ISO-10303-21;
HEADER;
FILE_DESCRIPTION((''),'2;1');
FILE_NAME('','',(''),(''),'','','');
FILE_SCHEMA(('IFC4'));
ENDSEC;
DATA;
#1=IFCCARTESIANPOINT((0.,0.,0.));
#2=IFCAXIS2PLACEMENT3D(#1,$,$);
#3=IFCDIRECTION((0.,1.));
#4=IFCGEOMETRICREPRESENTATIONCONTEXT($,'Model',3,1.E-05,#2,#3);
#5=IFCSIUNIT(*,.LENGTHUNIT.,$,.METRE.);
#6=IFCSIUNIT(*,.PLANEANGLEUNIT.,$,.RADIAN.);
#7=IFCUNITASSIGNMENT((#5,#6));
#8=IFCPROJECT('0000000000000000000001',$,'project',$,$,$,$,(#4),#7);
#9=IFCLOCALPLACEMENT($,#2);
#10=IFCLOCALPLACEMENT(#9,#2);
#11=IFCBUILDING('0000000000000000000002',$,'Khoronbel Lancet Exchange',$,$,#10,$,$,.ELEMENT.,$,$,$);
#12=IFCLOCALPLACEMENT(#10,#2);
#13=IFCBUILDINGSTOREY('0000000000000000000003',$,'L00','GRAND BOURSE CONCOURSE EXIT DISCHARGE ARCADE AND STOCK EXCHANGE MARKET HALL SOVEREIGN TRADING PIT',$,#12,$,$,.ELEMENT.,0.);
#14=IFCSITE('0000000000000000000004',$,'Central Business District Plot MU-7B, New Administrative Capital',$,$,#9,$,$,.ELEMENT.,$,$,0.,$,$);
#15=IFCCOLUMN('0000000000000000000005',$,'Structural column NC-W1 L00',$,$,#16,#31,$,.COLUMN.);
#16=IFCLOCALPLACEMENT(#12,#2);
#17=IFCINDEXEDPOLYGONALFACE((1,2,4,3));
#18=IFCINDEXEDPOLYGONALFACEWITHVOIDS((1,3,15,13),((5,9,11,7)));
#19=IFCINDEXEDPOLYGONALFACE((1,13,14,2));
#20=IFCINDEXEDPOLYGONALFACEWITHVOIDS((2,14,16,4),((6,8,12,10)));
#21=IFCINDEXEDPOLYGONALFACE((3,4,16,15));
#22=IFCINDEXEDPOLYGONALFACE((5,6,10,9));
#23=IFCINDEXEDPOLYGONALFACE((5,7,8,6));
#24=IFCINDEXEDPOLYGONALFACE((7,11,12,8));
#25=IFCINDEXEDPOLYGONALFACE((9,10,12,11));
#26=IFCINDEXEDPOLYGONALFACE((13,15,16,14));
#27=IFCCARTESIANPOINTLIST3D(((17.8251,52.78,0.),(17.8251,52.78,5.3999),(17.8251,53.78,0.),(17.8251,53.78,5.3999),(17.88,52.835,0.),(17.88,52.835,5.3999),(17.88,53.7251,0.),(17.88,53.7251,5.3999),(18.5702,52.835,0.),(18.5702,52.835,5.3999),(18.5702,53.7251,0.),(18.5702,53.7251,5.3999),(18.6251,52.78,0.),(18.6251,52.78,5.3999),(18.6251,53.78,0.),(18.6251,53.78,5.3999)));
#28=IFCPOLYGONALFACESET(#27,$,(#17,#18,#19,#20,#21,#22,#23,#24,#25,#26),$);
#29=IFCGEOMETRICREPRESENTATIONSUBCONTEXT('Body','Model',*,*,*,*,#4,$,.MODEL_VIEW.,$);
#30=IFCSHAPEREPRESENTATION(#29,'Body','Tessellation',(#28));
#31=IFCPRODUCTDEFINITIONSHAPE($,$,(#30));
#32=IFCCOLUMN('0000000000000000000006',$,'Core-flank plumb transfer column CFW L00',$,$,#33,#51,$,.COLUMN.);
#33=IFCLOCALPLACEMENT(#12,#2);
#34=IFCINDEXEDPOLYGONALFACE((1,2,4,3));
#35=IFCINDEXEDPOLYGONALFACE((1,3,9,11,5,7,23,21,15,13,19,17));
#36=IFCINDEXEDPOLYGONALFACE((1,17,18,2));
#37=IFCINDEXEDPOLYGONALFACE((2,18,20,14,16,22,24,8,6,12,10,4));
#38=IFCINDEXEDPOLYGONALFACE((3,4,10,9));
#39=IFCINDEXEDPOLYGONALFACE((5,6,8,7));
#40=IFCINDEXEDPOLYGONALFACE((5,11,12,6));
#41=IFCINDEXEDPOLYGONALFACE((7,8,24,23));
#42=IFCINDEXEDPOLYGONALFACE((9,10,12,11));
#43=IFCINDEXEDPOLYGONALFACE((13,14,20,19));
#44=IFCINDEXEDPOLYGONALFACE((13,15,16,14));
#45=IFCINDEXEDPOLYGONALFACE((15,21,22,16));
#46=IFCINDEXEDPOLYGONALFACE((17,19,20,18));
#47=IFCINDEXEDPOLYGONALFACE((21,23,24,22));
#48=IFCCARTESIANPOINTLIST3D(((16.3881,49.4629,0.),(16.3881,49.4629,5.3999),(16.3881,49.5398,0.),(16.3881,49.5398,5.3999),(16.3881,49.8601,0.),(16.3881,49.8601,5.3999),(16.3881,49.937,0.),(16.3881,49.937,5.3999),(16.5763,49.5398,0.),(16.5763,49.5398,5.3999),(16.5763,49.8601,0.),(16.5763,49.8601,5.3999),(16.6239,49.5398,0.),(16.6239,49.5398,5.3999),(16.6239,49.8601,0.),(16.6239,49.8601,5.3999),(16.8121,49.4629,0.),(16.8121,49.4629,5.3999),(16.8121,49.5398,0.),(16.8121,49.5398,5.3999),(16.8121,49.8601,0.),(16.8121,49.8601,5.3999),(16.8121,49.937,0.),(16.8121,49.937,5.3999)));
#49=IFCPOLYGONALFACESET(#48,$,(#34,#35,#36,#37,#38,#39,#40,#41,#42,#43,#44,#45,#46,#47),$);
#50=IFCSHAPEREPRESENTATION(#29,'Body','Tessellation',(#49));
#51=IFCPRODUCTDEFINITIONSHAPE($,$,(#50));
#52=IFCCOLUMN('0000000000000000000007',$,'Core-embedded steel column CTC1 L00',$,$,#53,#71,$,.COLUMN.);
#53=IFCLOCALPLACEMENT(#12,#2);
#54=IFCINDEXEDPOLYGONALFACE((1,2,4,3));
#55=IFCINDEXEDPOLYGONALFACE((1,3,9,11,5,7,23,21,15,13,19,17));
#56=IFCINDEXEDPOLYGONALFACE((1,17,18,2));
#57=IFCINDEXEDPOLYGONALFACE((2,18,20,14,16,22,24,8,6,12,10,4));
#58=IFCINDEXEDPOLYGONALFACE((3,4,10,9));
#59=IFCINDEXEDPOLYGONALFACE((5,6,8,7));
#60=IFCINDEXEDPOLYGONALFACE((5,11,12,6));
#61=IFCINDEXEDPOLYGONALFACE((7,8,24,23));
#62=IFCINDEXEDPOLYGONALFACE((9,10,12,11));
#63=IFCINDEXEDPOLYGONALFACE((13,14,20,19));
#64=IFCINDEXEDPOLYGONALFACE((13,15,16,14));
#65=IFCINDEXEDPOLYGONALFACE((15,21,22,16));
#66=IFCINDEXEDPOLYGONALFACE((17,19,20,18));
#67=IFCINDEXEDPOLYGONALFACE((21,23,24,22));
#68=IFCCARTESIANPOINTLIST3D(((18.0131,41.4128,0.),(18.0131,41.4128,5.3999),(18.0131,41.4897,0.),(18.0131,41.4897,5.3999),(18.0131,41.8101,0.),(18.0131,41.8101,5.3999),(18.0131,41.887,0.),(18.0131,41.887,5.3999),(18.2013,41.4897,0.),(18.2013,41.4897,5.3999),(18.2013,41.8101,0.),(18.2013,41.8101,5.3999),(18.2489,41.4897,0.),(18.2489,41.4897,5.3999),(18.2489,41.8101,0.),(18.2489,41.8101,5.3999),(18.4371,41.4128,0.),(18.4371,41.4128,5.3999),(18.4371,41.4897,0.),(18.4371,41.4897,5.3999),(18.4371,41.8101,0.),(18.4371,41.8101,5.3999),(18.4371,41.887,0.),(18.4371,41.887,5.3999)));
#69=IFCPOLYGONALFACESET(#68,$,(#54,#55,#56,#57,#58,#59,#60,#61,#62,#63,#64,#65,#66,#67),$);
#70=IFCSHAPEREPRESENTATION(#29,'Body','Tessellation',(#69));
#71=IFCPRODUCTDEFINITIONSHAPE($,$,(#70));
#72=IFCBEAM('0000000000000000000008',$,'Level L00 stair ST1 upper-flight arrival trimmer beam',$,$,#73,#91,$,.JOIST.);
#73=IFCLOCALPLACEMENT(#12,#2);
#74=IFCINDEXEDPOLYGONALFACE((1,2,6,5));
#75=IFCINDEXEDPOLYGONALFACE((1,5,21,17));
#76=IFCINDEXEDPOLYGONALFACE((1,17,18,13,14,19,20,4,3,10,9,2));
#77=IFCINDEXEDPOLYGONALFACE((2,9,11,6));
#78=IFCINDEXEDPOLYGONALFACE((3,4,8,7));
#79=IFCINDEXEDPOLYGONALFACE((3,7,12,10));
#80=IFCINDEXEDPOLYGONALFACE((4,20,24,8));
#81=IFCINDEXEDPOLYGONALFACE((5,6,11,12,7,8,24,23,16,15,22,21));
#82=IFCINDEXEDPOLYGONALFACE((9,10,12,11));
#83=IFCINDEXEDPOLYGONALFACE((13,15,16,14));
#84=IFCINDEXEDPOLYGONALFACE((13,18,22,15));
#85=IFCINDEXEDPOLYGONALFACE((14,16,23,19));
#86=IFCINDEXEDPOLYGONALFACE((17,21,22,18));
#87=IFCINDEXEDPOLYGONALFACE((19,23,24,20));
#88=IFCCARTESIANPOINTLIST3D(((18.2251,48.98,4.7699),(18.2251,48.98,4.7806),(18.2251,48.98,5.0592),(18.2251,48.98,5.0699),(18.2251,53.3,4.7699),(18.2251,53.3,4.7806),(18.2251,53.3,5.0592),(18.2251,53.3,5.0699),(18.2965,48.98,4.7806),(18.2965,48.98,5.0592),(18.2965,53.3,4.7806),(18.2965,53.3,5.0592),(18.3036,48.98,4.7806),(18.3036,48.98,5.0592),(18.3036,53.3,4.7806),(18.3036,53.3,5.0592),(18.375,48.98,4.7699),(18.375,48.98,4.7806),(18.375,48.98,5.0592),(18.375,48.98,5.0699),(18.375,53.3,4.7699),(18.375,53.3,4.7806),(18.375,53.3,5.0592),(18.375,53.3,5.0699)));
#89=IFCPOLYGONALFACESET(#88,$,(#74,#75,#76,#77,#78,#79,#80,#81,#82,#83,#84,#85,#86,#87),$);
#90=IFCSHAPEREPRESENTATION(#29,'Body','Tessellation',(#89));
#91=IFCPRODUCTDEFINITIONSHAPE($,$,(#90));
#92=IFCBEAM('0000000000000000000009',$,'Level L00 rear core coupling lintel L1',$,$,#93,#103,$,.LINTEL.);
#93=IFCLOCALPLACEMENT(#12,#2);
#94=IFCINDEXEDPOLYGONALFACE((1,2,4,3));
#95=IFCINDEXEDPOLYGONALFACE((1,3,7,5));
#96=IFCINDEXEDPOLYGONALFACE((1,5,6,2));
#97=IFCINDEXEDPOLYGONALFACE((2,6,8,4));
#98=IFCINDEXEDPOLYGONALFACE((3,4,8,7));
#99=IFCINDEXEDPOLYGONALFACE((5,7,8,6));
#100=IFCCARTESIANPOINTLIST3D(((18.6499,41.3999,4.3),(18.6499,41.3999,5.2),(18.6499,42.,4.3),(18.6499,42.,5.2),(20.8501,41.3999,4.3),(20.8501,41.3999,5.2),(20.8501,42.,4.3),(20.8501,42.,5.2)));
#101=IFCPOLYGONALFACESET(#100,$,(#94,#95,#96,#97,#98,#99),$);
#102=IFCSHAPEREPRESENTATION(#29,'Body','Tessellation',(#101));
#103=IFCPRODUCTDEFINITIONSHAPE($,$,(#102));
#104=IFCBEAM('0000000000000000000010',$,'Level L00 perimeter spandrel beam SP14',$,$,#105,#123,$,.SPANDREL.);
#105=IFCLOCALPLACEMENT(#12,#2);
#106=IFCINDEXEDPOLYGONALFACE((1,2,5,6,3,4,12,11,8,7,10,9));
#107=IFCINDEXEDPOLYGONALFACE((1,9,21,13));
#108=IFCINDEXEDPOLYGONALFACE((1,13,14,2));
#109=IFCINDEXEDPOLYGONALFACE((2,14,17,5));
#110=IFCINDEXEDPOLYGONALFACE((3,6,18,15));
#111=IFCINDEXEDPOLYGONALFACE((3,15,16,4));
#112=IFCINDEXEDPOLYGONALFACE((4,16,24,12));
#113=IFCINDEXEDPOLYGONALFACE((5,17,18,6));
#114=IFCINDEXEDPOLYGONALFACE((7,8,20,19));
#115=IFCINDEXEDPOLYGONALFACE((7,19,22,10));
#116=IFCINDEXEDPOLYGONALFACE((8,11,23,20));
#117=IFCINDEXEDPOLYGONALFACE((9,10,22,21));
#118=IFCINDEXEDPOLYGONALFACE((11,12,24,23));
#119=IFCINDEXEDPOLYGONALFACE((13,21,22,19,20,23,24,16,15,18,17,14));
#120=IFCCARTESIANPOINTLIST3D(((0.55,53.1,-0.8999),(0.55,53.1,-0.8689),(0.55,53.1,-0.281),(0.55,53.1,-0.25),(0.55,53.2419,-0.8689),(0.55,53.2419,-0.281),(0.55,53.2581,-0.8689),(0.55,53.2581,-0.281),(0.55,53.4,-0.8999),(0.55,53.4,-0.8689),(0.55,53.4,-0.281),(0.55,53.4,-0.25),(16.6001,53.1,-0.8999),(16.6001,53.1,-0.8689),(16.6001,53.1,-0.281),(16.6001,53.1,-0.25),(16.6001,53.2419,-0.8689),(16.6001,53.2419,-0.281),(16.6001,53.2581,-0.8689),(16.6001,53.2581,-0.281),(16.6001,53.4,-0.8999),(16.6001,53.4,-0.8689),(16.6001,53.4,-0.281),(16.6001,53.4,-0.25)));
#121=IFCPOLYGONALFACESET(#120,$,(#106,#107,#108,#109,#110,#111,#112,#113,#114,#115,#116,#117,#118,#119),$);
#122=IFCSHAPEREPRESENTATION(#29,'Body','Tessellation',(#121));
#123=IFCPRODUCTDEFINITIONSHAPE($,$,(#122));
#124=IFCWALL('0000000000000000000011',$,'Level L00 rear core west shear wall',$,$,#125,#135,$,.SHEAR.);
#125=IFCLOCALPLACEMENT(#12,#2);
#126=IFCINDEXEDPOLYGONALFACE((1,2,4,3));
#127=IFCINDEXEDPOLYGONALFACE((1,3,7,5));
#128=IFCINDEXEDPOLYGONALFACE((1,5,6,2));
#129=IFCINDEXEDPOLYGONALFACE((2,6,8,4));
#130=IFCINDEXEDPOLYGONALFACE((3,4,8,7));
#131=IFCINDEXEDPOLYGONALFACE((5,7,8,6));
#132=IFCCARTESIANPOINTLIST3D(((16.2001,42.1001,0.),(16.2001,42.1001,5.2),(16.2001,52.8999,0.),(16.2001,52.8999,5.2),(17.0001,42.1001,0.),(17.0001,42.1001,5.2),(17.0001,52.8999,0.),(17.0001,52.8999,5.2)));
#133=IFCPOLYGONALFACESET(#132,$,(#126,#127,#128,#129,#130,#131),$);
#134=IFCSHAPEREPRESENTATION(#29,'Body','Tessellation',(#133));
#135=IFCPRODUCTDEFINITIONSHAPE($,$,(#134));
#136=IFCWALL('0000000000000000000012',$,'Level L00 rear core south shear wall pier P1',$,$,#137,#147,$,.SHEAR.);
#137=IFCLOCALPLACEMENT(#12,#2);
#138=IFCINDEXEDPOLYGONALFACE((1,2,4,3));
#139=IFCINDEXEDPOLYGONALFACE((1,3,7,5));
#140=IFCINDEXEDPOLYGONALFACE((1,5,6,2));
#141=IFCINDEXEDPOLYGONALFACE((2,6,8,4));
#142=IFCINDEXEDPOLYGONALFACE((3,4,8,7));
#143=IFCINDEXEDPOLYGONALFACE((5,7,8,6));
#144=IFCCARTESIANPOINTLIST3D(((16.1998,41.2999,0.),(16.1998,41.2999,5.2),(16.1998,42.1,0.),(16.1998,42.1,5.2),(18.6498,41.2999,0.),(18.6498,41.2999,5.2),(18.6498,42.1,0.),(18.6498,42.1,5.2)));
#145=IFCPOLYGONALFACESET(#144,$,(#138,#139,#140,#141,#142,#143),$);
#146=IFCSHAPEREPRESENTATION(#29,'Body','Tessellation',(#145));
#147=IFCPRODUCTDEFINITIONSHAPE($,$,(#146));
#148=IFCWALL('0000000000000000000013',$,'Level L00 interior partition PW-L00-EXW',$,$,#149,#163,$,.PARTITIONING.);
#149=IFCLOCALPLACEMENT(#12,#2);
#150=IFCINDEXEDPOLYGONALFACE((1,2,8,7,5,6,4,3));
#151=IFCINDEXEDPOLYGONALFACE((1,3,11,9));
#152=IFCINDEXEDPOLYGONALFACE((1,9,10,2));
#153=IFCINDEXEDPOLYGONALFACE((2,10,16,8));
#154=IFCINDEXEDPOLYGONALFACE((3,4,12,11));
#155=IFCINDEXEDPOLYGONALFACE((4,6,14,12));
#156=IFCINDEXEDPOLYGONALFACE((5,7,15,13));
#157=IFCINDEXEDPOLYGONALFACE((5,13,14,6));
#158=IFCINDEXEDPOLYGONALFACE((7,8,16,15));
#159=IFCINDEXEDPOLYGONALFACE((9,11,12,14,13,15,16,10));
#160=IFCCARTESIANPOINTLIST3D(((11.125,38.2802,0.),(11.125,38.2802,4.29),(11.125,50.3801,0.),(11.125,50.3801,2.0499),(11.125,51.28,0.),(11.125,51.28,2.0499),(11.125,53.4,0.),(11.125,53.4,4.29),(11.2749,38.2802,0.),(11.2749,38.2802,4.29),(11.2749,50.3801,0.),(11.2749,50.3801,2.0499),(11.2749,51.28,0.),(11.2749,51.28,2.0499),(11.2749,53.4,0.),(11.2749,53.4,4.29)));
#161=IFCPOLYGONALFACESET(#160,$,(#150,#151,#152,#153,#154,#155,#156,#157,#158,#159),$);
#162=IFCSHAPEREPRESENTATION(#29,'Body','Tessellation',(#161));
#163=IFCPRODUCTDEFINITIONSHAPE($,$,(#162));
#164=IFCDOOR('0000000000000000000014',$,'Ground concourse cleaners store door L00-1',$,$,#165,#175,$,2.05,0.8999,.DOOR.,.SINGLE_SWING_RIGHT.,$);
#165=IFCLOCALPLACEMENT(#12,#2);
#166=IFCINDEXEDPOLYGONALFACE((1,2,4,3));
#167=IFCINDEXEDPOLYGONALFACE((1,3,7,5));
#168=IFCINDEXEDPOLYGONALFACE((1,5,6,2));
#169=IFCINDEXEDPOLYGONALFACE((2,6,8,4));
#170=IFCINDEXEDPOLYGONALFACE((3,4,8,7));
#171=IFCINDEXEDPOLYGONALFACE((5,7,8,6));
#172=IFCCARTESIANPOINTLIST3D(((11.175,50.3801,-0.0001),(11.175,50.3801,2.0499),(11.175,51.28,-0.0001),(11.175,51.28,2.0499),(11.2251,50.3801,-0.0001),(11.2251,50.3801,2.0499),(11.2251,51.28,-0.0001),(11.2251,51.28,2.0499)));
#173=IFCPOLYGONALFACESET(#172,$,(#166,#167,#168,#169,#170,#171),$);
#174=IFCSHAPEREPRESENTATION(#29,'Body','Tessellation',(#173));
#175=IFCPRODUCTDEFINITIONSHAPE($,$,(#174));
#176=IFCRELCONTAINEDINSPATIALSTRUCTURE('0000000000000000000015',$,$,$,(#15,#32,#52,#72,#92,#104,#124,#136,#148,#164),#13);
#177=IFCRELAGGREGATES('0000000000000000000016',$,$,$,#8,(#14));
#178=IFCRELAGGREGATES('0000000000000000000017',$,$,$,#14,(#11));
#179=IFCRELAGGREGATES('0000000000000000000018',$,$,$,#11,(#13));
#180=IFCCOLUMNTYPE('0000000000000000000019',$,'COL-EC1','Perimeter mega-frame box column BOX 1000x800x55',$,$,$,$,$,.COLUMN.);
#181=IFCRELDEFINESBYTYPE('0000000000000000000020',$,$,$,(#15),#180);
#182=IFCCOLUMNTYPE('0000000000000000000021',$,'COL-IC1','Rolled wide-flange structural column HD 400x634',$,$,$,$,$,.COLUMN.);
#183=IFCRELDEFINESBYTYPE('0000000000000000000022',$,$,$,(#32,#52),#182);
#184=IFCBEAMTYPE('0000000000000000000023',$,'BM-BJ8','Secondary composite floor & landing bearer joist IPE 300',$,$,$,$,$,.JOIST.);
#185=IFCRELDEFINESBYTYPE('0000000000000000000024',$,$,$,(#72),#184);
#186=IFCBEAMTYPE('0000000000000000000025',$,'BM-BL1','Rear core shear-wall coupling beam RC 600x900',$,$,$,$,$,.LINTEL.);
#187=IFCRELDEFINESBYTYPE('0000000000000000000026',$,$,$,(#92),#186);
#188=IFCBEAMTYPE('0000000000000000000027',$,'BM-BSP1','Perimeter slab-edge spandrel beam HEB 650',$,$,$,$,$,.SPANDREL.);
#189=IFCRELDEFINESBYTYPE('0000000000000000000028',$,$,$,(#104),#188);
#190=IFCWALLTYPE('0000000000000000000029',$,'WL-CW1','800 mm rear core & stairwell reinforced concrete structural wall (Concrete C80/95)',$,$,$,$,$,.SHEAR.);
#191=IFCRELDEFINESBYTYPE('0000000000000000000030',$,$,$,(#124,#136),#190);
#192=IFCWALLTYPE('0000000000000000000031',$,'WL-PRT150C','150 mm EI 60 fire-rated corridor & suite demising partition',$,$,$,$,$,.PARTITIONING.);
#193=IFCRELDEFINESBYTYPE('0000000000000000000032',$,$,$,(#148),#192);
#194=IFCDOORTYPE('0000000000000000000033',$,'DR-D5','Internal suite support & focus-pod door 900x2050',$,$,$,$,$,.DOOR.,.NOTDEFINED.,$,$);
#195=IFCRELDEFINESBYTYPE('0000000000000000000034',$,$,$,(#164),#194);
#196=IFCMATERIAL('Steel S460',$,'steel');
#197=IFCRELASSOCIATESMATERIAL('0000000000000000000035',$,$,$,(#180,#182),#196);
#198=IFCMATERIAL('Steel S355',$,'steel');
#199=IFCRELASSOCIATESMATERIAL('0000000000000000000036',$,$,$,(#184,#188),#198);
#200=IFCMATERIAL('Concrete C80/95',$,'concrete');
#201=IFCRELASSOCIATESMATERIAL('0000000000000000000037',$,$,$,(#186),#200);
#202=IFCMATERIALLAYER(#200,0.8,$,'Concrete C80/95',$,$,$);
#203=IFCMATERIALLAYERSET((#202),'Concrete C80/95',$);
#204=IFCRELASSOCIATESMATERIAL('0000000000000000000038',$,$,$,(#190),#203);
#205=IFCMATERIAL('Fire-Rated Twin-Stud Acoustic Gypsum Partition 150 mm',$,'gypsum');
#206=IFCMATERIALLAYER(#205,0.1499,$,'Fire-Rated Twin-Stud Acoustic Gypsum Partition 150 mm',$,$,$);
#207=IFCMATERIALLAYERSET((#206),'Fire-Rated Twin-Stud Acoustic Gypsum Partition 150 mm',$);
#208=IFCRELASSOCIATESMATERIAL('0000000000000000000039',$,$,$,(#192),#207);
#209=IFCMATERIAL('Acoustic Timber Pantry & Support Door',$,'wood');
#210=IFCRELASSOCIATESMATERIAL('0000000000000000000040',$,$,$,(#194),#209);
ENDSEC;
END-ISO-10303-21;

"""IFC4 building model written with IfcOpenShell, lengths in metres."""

from ifc_helpers import new_model, si_unit, direction, frame, frame_2d, origin, origin_2d, place, context, subcontext, project, spatial, rectangle, hollow_rectangle, i_section, extrude, material, layer, layer_set, material_profile, profile_set, type_object, element, fill, save


model = new_model("IFC4")

# Units and contexts
model_context = context("Model", 3, precision=1e-05, world=origin(), true_north=direction((0.0, 1.0)))
body_context = subcontext(model_context, "Body", "Model", "MODEL_VIEW")
ifc_project = project(units=[si_unit("LENGTHUNIT", "METRE"), si_unit("PLANEANGLEUNIT", "RADIAN")], contexts=[model_context])

# Site, building, storey
site_placement = place(None, origin())
site = spatial("IfcSite", under=ifc_project, at=site_placement, Name="Central Business District Plot MU-7B, New Administrative Capital", CompositionType="ELEMENT", RefElevation=0.0)
building_placement = place(site_placement, origin())
building = spatial("IfcBuilding", under=site, at=building_placement, Name="Khoronbel Lancet Exchange", CompositionType="ELEMENT")
storey_placement = place(building_placement, origin())
storey = spatial("IfcBuildingStorey", under=building, at=storey_placement, Name="L00", Description="GRAND BOURSE CONCOURSE EXIT DISCHARGE ARCADE AND STOCK EXCHANGE MARKET HALL SOVEREIGN TRADING PIT", CompositionType="ELEMENT", Elevation=0.0)

# Columns
ifc_material_1 = material(Name="Steel S460", Category="steel")
ifc_material_profile_1 = material_profile(ifc_material_1, hollow_rectangle(XDim=0.8, YDim=1.0, WallThickness=0.0549, at=origin_2d()), Name="BOX 1000x800x55")
ifc_profile_set_1 = profile_set([ifc_material_profile_1], Name="Steel S460")
column_type_1 = type_object("IfcColumnType", Name="COL-EC1", Description="Perimeter mega-frame box column BOX 1000x800x55", PredefinedType="COLUMN", material=ifc_profile_set_1)
column_placement = place(storey_placement, frame((18.2251, 53.28, 0.0), z_axis=(0.0, 0.0, 1.0), x_axis=(1.0, 0.0, 0.0)))
element("IfcColumn", 1, at=column_placement, inside=storey, type_object=column_type_1, Name="Structural column NC-W1 L00", PredefinedType="COLUMN", context=body_context, shape_type="SweptSolid", body=[
    extrude(hollow_rectangle(XDim=0.8, YDim=1.0, WallThickness=0.0549, at=origin_2d()), origin(), (0.0, 0.0, 1.0), 5.3999),
])
ifc_material_profile_2 = material_profile(ifc_material_1, i_section(OverallWidth=0.4241, OverallDepth=0.4741, WebThickness=0.0476, FlangeThickness=0.0769, at=origin_2d()), Name="HD 400x634")
ifc_profile_set_2 = profile_set([ifc_material_profile_2], Name="Steel S460")
column_type_2 = type_object("IfcColumnType", Name="COL-IC1", Description="Rolled wide-flange structural column HD 400x634", PredefinedType="COLUMN", material=ifc_profile_set_2)
for number, where, z_axis, x_axis, name in (
    (2, (16.6001, 49.7, 0.0), (0.0, 0.0, 1.0), (1.0, 0.0, 0.0), "Core-flank plumb transfer column CFW L00"),
    (3, (18.2251, 41.6499, 0.0), (0.0, 0.0, 1.0), (1.0, 0.0, 0.0), "Core-embedded steel column CTC1 L00"),
):
    element("IfcColumn", number, at=place(storey_placement, frame(where, z_axis=z_axis, x_axis=x_axis)), inside=storey, type_object=column_type_2, Name=name, PredefinedType="COLUMN", context=body_context, shape_type="SweptSolid", body=[
        extrude(i_section(OverallWidth=0.4241, OverallDepth=0.4741, WebThickness=0.0476, FlangeThickness=0.0769, at=origin_2d()), origin(), (0.0, 0.0, 1.0), 5.3999),
    ])

# Beams
ifc_material_2 = material(Name="Steel S355", Category="steel")
ifc_material_profile_3 = material_profile(ifc_material_2, i_section(OverallWidth=0.1499, OverallDepth=0.3, WebThickness=0.0071, FlangeThickness=0.0107, at=origin_2d()), Name="IPE 300")
ifc_profile_set_3 = profile_set([ifc_material_profile_3], Name="Steel S355")
beam_type_1 = type_object("IfcBeamType", Name="BM-BJ8", Description="Secondary composite floor & landing bearer joist IPE 300", PredefinedType="JOIST", material=ifc_profile_set_3)
beam_1_placement = place(storey_placement, frame((18.3, 48.98, 4.9199), z_axis=(0.0, 1.0, 0.0), x_axis=(-1.0, 0.0, 0.0)))
element("IfcBeam", 4, at=beam_1_placement, inside=storey, type_object=beam_type_1, Name="Level L00 stair ST1 upper-flight arrival trimmer beam", PredefinedType="JOIST", context=body_context, shape_type="SweptSolid", body=[
    extrude(i_section(OverallWidth=0.1499, OverallDepth=0.3, WebThickness=0.0071, FlangeThickness=0.0107, at=origin_2d()), origin(), (0.0, 0.0, 1.0), 4.3201),
])
ifc_material_3 = material(Name="Concrete C80/95", Category="concrete")
ifc_material_profile_4 = material_profile(ifc_material_3, rectangle(XDim=0.6001, YDim=0.8999, at=origin_2d()), Name="RC 600x900")
ifc_profile_set_4 = profile_set([ifc_material_profile_4], Name="Concrete C80/95")
beam_type_2 = type_object("IfcBeamType", Name="BM-BL1", Description="Rear core shear-wall coupling beam RC 600x900", PredefinedType="LINTEL", material=ifc_profile_set_4)
beam_2_placement = place(storey_placement, frame((18.6499, 41.7, 4.75), z_axis=(1.0, 0.0, 0.0), x_axis=(0.0, 1.0, 0.0)))
element("IfcBeam", 5, at=beam_2_placement, inside=storey, type_object=beam_type_2, Name="Level L00 rear core coupling lintel L1", PredefinedType="LINTEL", context=body_context, shape_type="SweptSolid", body=[
    extrude(rectangle(XDim=0.6001, YDim=0.8999, at=origin_2d()), origin(), (0.0, 0.0, 1.0), 2.2002),
])
ifc_material_profile_5 = material_profile(ifc_material_2, i_section(OverallWidth=0.3, OverallDepth=0.6499, WebThickness=0.0161, FlangeThickness=0.031, at=origin_2d()), Name="HEB 650")
ifc_profile_set_5 = profile_set([ifc_material_profile_5], Name="Steel S355")
beam_type_3 = type_object("IfcBeamType", Name="BM-BSP1", Description="Perimeter slab-edge spandrel beam HEB 650", PredefinedType="SPANDREL", material=ifc_profile_set_5)
beam_3_placement = place(storey_placement, frame((16.6001, 53.25, -0.575), z_axis=(-1.0, 0.0, 0.0), x_axis=(0.0, -1.0, 0.0)))
element("IfcBeam", 6, at=beam_3_placement, inside=storey, type_object=beam_type_3, Name="Level L00 perimeter spandrel beam SP14", PredefinedType="SPANDREL", context=body_context, shape_type="SweptSolid", body=[
    extrude(i_section(OverallWidth=0.3, OverallDepth=0.6499, WebThickness=0.0161, FlangeThickness=0.031, at=origin_2d()), origin(), (0.0, 0.0, 1.0), 16.05),
])

# Shared definitions
ifc_layer_1 = layer(ifc_material_3, 0.8, Name="Concrete C80/95")
ifc_layer_set_1 = layer_set([ifc_layer_1], Name="Concrete C80/95")
wall_type_1 = type_object("IfcWallType", Name="WL-CW1", Description="800 mm rear core & stairwell reinforced concrete structural wall (Concrete C80/95)", PredefinedType="SHEAR", material=ifc_layer_set_1)

# Walls
wall_1_placement = place(storey_placement, frame((16.6001, 42.1001, 0.0), z_axis=(0.0, 0.0, 1.0), x_axis=(0.0, 1.0, 0.0)))
element("IfcWall", 7, at=wall_1_placement, inside=storey, type_object=wall_type_1, Name="Level L00 rear core west shear wall", PredefinedType="SHEAR", context=body_context, shape_type="SweptSolid", body=[
    extrude(rectangle(XDim=10.7998, YDim=0.8, at=frame_2d((5.3999, 0.0))), origin(), (0.0, 0.0, 1.0), 5.2),
])
wall_2_placement = place(storey_placement, frame((18.6499, 41.7, 0.0), z_axis=(0.0, 0.0, 1.0), x_axis=(-1.0, 0.0, 0.0)))
element("IfcWall", 8, at=wall_2_placement, inside=storey, type_object=wall_type_1, Name="Level L00 rear core south shear wall pier P1", PredefinedType="SHEAR", context=body_context, shape_type="SweptSolid", body=[
    extrude(rectangle(XDim=2.45, YDim=0.8, at=frame_2d((1.2251, 0.0))), origin(), (0.0, 0.0, 1.0), 5.2),
])

# Wall, opening, door
ifc_material_4 = material(Name="Fire-Rated Twin-Stud Acoustic Gypsum Partition 150 mm", Category="gypsum")
ifc_layer_2 = layer(ifc_material_4, 0.1499, Name="Fire-Rated Twin-Stud Acoustic Gypsum Partition 150 mm")
ifc_layer_set_2 = layer_set([ifc_layer_2], Name="Fire-Rated Twin-Stud Acoustic Gypsum Partition 150 mm")
wall_type_2 = type_object("IfcWallType", Name="WL-PRT150C", Description="150 mm EI 60 fire-rated corridor & suite demising partition", PredefinedType="PARTITIONING", material=ifc_layer_set_2)
wall_3_placement = place(storey_placement, frame((11.2, 38.28, 0.0), z_axis=(0.0, 0.0, 1.0), x_axis=(0.0, 1.0, 0.0)))
wall_3 = element("IfcWall", 9, at=wall_3_placement, inside=storey, type_object=wall_type_2, Name="Level L00 interior partition PW-L00-EXW", PredefinedType="PARTITIONING", context=body_context, shape_type="SweptSolid", body=[
    extrude(rectangle(XDim=15.1199, YDim=0.1499, at=frame_2d((7.5601, 0.0))), origin(), (0.0, 0.0, 1.0), 4.29),
])
opening_1_placement = place(wall_3_placement, frame((12.1001, 0.0, 0.0)))
opening_1 = element("IfcOpeningElement", 10, at=opening_1_placement, cuts=wall_3, PredefinedType="OPENING", context=body_context, shape_type="SweptSolid", body=[
    extrude(rectangle(XDim=0.8999, YDim=2.05, at=frame_2d((0.45, 1.0249))), frame((0.0, 0.085, 0.0), z_axis=(0.0, -1.0, 0.0), x_axis=(1.0, 0.0, 0.0)), (0.0, 0.0, 1.0), 0.1699),
])
ifc_material_5 = material(Name="Acoustic Timber Pantry & Support Door", Category="wood")
door_type_1 = type_object("IfcDoorType", Name="DR-D5", Description="Internal suite support & focus-pod door 900x2050", OperationType="NOTDEFINED", PredefinedType="DOOR", material=ifc_material_5)
door_1_placement = place(opening_1_placement, origin())
door_1 = element("IfcDoor", 11, at=door_1_placement, inside=storey, type_object=door_type_1, Name="Ground concourse cleaners store door L00-1", OperationType="SINGLE_SWING_RIGHT", OverallHeight=2.05, OverallWidth=0.8999, PredefinedType="DOOR", context=body_context, shape_type="SweptSolid", body=[
    extrude(rectangle(XDim=0.8999, YDim=2.05, at=frame_2d((0.45, 1.0249))), frame((0.0, 0.0249, 0.0), z_axis=(0.0, -1.0, 0.0), x_axis=(1.0, 0.0, 0.0)), (0.0, 0.0, 1.0), 0.05),
])
fill(opening_1, door_1)

save(model, "model.ifc")
